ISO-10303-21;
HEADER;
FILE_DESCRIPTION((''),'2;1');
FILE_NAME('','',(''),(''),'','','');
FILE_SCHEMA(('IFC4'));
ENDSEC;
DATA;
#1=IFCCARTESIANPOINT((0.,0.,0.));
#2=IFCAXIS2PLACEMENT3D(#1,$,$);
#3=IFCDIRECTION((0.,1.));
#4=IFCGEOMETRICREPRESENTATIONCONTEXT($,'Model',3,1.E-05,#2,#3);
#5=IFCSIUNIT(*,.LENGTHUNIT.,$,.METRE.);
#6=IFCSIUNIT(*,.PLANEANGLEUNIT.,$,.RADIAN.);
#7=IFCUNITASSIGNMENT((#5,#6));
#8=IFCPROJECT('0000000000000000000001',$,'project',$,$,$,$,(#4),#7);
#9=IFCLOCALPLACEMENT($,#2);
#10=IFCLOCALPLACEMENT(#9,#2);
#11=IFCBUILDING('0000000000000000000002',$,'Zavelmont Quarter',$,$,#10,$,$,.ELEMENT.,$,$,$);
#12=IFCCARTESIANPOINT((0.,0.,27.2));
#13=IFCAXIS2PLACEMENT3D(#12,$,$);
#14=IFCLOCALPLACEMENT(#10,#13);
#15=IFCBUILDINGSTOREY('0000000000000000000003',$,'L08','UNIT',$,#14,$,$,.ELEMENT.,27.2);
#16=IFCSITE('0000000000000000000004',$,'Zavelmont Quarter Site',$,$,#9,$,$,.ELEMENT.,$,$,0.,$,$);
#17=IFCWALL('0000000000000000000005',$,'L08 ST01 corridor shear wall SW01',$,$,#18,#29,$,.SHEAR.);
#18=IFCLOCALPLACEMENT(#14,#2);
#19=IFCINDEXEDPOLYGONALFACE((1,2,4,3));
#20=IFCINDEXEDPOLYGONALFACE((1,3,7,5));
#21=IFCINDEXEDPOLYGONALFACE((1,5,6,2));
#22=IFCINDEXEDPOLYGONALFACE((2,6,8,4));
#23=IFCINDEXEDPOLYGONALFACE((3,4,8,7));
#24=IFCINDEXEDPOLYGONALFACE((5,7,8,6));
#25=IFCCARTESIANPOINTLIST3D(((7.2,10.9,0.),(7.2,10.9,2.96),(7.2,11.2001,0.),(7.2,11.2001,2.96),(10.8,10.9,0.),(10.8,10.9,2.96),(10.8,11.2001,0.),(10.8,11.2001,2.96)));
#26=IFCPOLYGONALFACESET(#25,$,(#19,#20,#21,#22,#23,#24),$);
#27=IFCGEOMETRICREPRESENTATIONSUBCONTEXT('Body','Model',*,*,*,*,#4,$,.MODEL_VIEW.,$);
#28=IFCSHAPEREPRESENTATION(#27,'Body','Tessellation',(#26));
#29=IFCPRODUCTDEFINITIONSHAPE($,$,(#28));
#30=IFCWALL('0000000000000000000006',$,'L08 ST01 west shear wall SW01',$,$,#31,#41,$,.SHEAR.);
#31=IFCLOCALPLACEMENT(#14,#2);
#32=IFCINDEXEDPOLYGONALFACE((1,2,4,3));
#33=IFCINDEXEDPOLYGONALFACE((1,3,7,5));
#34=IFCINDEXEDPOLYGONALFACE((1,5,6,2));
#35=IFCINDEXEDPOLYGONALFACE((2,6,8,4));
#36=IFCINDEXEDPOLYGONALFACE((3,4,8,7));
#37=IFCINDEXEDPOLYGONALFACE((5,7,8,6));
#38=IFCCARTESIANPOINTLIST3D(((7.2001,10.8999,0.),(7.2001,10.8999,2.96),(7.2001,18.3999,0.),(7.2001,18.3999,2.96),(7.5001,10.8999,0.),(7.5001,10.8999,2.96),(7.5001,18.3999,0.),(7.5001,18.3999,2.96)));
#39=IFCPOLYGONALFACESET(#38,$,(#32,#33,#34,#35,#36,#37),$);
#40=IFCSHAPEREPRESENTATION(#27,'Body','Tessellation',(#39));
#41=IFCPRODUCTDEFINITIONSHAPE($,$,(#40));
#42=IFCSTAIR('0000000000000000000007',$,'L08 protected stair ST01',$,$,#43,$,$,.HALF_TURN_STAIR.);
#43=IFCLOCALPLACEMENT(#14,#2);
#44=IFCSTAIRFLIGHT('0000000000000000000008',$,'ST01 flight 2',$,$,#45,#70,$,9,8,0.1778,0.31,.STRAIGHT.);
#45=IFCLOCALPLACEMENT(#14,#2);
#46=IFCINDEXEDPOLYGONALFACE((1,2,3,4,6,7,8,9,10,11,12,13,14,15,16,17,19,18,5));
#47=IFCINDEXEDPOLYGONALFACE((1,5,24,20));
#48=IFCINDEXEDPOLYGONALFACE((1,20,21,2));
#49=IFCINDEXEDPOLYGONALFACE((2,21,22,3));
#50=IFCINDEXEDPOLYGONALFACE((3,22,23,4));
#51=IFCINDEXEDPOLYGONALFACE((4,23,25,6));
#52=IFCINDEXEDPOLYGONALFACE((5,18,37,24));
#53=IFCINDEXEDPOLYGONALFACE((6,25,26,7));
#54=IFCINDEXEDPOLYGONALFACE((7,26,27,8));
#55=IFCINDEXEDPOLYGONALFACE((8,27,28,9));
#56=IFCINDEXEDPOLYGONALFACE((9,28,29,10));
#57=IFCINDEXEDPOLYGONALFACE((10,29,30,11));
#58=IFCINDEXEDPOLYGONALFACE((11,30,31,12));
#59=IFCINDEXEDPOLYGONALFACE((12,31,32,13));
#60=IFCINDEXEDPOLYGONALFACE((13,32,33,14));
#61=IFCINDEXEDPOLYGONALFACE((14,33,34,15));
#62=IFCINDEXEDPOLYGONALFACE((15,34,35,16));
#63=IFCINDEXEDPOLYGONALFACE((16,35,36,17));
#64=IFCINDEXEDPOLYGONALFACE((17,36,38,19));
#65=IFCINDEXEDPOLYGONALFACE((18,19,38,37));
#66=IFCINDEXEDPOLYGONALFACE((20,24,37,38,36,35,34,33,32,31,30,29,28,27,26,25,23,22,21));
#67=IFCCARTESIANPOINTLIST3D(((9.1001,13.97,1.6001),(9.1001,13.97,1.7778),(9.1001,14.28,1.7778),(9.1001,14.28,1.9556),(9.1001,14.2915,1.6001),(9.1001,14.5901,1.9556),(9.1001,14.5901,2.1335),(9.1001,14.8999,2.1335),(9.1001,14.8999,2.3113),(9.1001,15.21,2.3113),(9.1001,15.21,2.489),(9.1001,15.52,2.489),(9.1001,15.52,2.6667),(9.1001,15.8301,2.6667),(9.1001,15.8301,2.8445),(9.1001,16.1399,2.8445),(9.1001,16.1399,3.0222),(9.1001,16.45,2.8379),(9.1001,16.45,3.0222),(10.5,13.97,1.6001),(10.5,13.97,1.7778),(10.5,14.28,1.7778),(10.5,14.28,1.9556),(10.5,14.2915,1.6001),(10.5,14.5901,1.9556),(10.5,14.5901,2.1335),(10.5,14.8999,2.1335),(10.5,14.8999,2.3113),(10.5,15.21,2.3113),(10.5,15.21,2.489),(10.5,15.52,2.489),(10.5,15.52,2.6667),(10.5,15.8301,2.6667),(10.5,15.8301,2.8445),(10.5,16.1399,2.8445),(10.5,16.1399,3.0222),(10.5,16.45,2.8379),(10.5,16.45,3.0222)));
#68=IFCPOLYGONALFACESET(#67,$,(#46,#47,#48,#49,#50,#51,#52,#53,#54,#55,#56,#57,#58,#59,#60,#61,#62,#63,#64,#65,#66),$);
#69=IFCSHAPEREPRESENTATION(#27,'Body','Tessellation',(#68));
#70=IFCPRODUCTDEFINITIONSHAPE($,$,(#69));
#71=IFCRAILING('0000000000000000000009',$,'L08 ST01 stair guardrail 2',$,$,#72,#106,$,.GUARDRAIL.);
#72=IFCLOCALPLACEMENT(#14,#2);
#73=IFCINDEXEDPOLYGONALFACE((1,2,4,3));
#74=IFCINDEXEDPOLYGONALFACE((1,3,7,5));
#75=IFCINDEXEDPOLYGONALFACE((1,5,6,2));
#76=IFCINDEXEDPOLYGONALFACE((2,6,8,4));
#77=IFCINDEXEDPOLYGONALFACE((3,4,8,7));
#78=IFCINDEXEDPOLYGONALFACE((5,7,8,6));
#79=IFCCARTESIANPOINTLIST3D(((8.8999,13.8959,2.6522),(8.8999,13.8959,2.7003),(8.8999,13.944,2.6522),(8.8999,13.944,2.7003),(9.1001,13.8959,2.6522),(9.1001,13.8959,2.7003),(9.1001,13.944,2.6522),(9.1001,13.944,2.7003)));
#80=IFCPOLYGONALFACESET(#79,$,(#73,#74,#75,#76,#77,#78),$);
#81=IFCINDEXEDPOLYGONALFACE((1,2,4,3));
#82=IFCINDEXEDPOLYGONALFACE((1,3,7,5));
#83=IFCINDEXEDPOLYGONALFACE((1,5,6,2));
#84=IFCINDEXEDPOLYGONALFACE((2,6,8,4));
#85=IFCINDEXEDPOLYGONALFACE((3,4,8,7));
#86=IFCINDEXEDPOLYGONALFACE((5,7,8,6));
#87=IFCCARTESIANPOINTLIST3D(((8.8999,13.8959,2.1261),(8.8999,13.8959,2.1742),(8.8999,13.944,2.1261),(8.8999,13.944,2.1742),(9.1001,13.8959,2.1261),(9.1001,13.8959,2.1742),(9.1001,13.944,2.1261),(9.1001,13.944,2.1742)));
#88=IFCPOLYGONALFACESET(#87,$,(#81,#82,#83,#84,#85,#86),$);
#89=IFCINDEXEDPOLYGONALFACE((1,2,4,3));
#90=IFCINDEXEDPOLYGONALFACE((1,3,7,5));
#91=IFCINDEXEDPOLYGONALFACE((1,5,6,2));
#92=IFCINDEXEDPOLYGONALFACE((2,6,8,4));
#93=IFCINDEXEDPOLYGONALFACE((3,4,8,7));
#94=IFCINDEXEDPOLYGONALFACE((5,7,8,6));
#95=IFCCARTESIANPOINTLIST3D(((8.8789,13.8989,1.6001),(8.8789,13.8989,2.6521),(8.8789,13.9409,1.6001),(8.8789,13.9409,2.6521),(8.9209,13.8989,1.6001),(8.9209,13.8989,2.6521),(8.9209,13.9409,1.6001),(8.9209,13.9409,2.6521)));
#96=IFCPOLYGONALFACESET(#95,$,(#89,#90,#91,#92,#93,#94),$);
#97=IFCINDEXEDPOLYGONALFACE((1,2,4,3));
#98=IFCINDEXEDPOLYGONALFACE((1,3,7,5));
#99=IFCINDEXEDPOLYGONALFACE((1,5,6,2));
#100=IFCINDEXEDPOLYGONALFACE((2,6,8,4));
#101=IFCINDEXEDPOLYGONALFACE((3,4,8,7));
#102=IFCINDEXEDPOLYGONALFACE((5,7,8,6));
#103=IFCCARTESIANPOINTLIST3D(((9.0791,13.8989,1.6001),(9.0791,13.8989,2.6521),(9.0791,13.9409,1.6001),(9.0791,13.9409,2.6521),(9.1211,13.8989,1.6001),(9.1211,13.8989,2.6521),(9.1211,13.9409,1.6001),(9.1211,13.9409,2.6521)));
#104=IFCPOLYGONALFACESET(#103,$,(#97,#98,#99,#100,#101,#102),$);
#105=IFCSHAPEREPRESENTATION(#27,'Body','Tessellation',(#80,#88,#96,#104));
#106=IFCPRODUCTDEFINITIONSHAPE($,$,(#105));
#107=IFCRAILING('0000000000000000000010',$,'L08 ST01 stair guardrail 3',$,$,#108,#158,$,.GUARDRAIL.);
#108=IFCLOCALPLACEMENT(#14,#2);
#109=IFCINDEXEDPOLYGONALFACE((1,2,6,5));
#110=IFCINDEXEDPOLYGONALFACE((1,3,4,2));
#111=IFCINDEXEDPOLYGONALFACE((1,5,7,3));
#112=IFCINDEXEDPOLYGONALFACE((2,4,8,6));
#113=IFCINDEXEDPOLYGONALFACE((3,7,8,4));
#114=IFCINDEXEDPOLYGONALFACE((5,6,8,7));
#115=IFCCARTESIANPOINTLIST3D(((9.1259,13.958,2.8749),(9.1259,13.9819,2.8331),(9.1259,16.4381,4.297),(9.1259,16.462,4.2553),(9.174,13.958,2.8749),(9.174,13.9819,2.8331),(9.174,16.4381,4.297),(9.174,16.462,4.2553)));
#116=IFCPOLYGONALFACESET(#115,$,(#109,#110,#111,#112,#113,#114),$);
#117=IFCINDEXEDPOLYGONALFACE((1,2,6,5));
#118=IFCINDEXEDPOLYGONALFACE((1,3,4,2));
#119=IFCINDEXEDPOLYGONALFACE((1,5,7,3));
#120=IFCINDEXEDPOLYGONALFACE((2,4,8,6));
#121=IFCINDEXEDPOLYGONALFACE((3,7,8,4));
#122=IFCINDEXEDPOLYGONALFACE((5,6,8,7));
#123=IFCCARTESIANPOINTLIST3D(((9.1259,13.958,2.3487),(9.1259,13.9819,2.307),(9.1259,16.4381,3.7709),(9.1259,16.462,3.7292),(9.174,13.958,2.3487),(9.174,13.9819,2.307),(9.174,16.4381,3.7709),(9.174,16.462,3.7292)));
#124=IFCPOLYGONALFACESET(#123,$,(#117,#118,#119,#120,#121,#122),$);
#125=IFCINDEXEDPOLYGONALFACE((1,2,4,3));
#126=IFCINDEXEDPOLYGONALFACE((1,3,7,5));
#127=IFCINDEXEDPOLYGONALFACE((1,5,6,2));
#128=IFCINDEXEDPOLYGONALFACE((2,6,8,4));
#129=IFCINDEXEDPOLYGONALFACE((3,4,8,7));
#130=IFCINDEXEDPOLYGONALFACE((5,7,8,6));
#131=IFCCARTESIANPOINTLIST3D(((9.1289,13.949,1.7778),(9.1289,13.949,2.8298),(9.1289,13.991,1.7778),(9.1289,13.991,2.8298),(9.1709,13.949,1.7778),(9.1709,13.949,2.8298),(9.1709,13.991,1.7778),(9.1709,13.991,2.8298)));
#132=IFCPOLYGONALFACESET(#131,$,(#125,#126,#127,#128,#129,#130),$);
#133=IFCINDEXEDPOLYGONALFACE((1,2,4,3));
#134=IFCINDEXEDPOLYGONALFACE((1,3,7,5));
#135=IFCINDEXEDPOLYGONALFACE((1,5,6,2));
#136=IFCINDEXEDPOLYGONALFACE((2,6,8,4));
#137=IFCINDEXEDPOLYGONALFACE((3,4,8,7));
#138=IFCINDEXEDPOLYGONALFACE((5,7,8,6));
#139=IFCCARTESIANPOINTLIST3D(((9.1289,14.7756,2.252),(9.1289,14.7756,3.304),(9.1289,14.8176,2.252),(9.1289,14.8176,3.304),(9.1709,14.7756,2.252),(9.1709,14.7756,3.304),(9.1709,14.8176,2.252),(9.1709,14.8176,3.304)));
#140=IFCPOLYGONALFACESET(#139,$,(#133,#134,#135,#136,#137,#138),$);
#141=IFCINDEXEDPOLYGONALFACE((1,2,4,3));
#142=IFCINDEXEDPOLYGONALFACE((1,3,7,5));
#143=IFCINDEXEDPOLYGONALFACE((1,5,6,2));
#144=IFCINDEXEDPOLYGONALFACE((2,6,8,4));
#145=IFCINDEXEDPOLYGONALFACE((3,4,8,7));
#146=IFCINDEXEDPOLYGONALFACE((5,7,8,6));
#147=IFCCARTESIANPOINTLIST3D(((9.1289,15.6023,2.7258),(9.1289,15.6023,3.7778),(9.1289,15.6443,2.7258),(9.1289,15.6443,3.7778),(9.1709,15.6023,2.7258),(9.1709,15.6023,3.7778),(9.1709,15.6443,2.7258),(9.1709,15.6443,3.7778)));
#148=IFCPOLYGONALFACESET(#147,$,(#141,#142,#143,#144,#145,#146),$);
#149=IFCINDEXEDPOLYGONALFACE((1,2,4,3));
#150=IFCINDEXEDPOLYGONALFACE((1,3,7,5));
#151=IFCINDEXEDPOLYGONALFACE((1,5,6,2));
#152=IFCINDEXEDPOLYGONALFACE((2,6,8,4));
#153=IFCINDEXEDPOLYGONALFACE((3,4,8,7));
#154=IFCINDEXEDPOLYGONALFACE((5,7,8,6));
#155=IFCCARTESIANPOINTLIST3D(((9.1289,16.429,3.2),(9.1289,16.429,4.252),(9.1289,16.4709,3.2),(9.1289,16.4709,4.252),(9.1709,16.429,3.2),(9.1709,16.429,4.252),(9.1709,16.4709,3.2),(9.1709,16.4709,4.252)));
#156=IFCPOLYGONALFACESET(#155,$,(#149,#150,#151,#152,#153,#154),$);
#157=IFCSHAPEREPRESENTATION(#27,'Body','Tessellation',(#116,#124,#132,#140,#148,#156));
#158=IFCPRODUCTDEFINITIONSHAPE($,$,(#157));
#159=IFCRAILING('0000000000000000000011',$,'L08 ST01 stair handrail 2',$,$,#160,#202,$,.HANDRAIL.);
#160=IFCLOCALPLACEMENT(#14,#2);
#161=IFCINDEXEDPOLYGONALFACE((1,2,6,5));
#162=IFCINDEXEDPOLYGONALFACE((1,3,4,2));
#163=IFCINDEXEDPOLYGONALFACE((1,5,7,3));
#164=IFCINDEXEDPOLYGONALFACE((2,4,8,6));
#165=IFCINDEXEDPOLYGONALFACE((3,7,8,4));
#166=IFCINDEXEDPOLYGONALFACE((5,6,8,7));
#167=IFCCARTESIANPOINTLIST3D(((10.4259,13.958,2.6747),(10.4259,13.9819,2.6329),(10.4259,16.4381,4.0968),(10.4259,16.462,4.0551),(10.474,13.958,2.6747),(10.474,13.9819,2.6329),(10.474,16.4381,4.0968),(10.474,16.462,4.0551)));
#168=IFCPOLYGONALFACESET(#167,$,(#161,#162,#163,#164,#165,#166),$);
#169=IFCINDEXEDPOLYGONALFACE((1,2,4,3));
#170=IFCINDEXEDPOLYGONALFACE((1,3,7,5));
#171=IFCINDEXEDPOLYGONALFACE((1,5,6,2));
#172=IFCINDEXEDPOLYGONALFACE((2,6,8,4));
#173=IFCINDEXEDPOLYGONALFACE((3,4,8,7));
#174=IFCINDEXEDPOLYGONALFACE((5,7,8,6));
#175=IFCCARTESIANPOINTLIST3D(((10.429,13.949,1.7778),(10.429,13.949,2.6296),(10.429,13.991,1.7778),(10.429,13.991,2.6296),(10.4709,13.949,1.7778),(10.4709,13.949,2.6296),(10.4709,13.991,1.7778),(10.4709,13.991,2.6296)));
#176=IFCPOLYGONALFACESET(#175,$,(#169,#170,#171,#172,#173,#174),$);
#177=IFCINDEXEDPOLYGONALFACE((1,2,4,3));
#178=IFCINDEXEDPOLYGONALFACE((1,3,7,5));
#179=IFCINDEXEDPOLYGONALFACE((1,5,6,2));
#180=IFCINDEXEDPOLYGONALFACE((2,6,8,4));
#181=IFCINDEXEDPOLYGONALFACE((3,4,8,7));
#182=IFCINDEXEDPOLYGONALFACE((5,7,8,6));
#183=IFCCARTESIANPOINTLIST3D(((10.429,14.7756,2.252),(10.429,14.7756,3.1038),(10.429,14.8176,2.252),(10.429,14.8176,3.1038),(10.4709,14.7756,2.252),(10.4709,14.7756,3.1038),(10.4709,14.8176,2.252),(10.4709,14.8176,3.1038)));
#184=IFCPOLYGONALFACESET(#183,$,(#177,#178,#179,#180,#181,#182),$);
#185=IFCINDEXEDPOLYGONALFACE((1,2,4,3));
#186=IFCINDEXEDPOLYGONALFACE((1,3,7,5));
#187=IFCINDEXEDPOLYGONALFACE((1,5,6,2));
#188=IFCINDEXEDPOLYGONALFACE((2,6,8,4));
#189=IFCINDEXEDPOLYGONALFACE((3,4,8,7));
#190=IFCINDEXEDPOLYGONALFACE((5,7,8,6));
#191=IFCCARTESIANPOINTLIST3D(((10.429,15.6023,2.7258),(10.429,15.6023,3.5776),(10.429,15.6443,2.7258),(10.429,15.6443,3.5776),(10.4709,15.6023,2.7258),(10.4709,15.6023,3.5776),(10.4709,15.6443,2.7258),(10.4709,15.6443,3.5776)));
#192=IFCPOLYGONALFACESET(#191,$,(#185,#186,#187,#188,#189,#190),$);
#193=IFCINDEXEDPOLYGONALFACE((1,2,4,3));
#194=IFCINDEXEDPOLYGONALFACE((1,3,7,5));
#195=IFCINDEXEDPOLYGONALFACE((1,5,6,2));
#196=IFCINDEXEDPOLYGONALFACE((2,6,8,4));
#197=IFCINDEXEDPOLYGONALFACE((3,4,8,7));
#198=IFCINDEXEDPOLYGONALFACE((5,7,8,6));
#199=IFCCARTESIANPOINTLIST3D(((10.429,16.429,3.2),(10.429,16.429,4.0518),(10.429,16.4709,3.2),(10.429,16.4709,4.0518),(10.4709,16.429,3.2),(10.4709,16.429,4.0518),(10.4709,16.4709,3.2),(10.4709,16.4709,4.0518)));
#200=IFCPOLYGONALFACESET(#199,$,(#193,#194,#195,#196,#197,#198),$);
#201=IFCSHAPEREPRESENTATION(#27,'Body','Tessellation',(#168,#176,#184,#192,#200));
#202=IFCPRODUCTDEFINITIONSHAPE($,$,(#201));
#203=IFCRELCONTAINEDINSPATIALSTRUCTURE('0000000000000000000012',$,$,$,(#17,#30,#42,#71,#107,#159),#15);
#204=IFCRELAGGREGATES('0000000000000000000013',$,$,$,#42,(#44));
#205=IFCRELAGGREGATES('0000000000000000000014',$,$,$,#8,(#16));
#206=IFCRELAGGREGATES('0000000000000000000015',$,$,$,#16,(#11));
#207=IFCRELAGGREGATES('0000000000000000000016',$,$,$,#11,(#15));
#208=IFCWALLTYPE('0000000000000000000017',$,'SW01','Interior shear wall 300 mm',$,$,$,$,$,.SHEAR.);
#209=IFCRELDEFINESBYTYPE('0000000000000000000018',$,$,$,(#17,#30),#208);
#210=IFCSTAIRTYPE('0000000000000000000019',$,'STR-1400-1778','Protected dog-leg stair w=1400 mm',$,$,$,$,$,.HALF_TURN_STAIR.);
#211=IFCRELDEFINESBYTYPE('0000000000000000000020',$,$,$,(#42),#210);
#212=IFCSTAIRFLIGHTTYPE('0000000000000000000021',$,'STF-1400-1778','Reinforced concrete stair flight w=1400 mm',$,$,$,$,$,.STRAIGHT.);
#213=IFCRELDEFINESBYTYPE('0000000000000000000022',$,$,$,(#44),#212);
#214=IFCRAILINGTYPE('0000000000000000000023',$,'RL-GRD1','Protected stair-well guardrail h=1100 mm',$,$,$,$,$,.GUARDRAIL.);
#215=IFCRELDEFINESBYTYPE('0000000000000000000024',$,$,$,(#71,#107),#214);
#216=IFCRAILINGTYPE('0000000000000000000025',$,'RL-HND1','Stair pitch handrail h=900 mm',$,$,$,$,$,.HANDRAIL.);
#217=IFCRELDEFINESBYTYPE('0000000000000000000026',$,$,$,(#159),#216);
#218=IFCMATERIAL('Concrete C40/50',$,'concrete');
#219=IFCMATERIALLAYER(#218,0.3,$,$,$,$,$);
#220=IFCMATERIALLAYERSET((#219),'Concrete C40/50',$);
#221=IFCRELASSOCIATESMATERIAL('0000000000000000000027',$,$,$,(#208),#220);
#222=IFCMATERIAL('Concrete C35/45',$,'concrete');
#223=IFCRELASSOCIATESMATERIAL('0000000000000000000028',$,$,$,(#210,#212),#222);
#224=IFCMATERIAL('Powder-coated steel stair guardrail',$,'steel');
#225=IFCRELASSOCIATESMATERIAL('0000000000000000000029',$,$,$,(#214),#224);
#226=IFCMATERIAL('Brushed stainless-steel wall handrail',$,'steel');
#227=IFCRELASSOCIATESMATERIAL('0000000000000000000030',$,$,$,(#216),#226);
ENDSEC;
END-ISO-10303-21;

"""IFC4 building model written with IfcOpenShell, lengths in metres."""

from ifc_helpers import new_model, si_unit, direction, frame, frame_2d, origin, origin_2d, place, context, subcontext, project, spatial, polyline, rectangle, outline, extrude, material, layer, layer_set, type_object, element, aggregate, save


model = new_model("IFC4")

# Units and contexts
model_context = context("Model", 3, precision=1e-05, world=origin(), true_north=direction((0.0, 1.0)))
body_context = subcontext(model_context, "Body", "Model", "MODEL_VIEW")
ifc_project = project(units=[si_unit("LENGTHUNIT", "METRE"), si_unit("PLANEANGLEUNIT", "RADIAN")], contexts=[model_context])

# Site, building, storey
site_placement = place(None, origin())
site = spatial("IfcSite", under=ifc_project, at=site_placement, Name="Zavelmont Quarter Site", CompositionType="ELEMENT", RefElevation=0.0)
building_placement = place(site_placement, origin())
building = spatial("IfcBuilding", under=site, at=building_placement, Name="Zavelmont Quarter", CompositionType="ELEMENT")
storey_placement = place(building_placement, frame((0.0, 0.0, 27.2)))
storey = spatial("IfcBuildingStorey", under=building, at=storey_placement, Name="L08", Description="UNIT", CompositionType="ELEMENT", Elevation=27.2)

# Shared definitions
ifc_material_1 = material(Name="Concrete C35/45", Category="concrete")

# Walls
ifc_material_2 = material(Name="Concrete C40/50", Category="concrete")
ifc_layer_1 = layer(ifc_material_2, 0.3)
ifc_layer_set_1 = layer_set([ifc_layer_1], Name="Concrete C40/50")
wall_type_1 = type_object("IfcWallType", Name="SW01", Description="Interior shear wall 300 mm", PredefinedType="SHEAR", material=ifc_layer_set_1)
wall_1_placement = place(storey_placement, frame((7.2, 11.05, 0.0), z_axis=(0.0, 0.0, 1.0), x_axis=(1.0, 0.0, 0.0)))
element("IfcWall", 1, at=wall_1_placement, inside=storey, type_object=wall_type_1, Name="L08 ST01 corridor shear wall SW01", PredefinedType="SHEAR", context=body_context, shape_type="SweptSolid", body=[
    extrude(rectangle(XDim=3.6001, YDim=0.3, at=frame_2d((1.8, 0.0))), origin(), (0.0, 0.0, 1.0), 2.96),
])
wall_2_placement = place(storey_placement, frame((7.3501, 10.8999, 0.0), z_axis=(0.0, 0.0, 1.0), x_axis=(0.0, 1.0, 0.0)))
element("IfcWall", 2, at=wall_2_placement, inside=storey, type_object=wall_type_1, Name="L08 ST01 west shear wall SW01", PredefinedType="SHEAR", context=body_context, shape_type="SweptSolid", body=[
    extrude(rectangle(XDim=7.5, YDim=0.3, at=frame_2d((3.75, 0.0))), origin(), (0.0, 0.0, 1.0), 2.96),
])

# Stair, stair flight
stair_type = type_object("IfcStairType", Name="STR-1400-1778", Description="Protected dog-leg stair w=1400 mm", PredefinedType="HALF_TURN_STAIR", material=ifc_material_1)
stair_placement = place(storey_placement, origin())
stair = element("IfcStair", 3, at=stair_placement, inside=storey, type_object=stair_type, Name="L08 protected stair ST01", PredefinedType="HALF_TURN_STAIR")
stair_flight_type = type_object("IfcStairFlightType", Name="STF-1400-1778", Description="Reinforced concrete stair flight w=1400 mm", PredefinedType="STRAIGHT", material=ifc_material_1)
stair_flight_placement = place(storey_placement, frame((9.8, 13.97, 1.6001), z_axis=(0.0, 0.0, 1.0), x_axis=(0.0, 1.0, 0.0)))
stair_flight = element("IfcStairFlight", 4, at=stair_flight_placement, type_object=stair_flight_type, Name="ST01 flight 2", NumberOfRisers=9, NumberOfTreads=8, PredefinedType="STRAIGHT", RiserHeight=0.1778, TreadLength=0.31, context=body_context, shape_type="SweptSolid", body=[
    extrude(outline(polyline([(0.0, 0.0), (0.0, 0.1777), (0.3101, 0.1777), (0.3101, 0.3555), (0.6201, 0.3555), (0.6201, 0.5334), (0.9299, 0.5334), (0.9299, 0.7112), (1.24, 0.7112), (1.24, 0.8889), (1.55, 0.8889), (1.55, 1.0667), (1.8601, 1.0667), (1.8601, 1.2444), (2.1699, 1.2444), (2.1699, 1.4221), (2.48, 1.4221), (2.48, 1.6001), (2.48, 1.2378), (0.3215, 0.0), (0.0, 0.0)])), frame((0.0, 0.7, 0.0), z_axis=(0.0, -1.0, 0.0), x_axis=(1.0, 0.0, 0.0)), (0.0, 0.0, 1.0), 1.3999),
])
aggregate(stair, [stair_flight])

# Railings
ifc_material_3 = material(Name="Powder-coated steel stair guardrail", Category="steel")
railing_type_1 = type_object("IfcRailingType", Name="RL-GRD1", Description="Protected stair-well guardrail h=1100 mm", PredefinedType="GUARDRAIL", material=ifc_material_3)
railing_1_placement = place(storey_placement, frame((8.8999, 13.9199, 1.6001)))
element("IfcRailing", 5, at=railing_1_placement, inside=storey, type_object=railing_type_1, Name="L08 ST01 stair guardrail 2", PredefinedType="GUARDRAIL", context=body_context, shape_type="SweptSolid", body=[
    extrude(rectangle(XDim=0.0481, YDim=0.0481, at=origin_2d()), frame((0.0, 0.0, 1.0762), z_axis=(1.0, 0.0, 0.0), x_axis=(0.0, 1.0, 0.0)), (0.0, 0.0, 1.0), 0.2002),
    extrude(rectangle(XDim=0.0481, YDim=0.0481, at=origin_2d()), frame((0.0, 0.0, 0.55), z_axis=(1.0, 0.0, 0.0), x_axis=(0.0, 1.0, 0.0)), (0.0, 0.0, 1.0), 0.2002),
    extrude(rectangle(XDim=0.042, YDim=0.042, at=origin_2d()), origin(), (0.0, 0.0, 1.0), 1.052),
    extrude(rectangle(XDim=0.042, YDim=0.042, at=origin_2d()), frame((0.2002, 0.0, 0.0)), (0.0, 0.0, 1.0), 1.052),
])
railing_2_placement = place(storey_placement, frame((9.1499, 13.97, 1.7778)))
element("IfcRailing", 6, at=railing_2_placement, inside=storey, type_object=railing_type_1, Name="L08 ST01 stair guardrail 3", PredefinedType="GUARDRAIL", context=body_context, shape_type="SweptSolid", body=[
    extrude(rectangle(XDim=0.0481, YDim=0.0481, at=origin_2d()), frame((0.0, 0.0, 1.0762), z_axis=(0.0, 0.867491, 0.497454), x_axis=(-1.0, 0.0, 0.0)), (0.0, 0.0, 1.0), 2.8589),
    extrude(rectangle(XDim=0.0481, YDim=0.0481, at=origin_2d()), frame((0.0, 0.0, 0.55), z_axis=(0.0, 0.867491, 0.497454), x_axis=(-1.0, 0.0, 0.0)), (0.0, 0.0, 1.0), 2.8589),
    extrude(rectangle(XDim=0.042, YDim=0.042, at=origin_2d()), origin(), (0.0, 0.0, 1.0), 1.052),
    extrude(rectangle(XDim=0.042, YDim=0.042, at=origin_2d()), frame((0.0, 0.8267, 0.4741)), (0.0, 0.0, 1.0), 1.052),
    extrude(rectangle(XDim=0.042, YDim=0.042, at=origin_2d()), frame((0.0, 1.6533, 0.948)), (0.0, 0.0, 1.0), 1.052),
    extrude(rectangle(XDim=0.042, YDim=0.042, at=origin_2d()), frame((0.0, 2.48, 1.4221)), (0.0, 0.0, 1.0), 1.052),
])
ifc_material_4 = material(Name="Brushed stainless-steel wall handrail", Category="steel")
railing_type_2 = type_object("IfcRailingType", Name="RL-HND1", Description="Stair pitch handrail h=900 mm", PredefinedType="HANDRAIL", material=ifc_material_4)
railing_3_placement = place(storey_placement, frame((10.45, 13.97, 1.7778)))
element("IfcRailing", 7, at=railing_3_placement, inside=storey, type_object=railing_type_2, Name="L08 ST01 stair handrail 2", PredefinedType="HANDRAIL", context=body_context, shape_type="SweptSolid", body=[
    extrude(rectangle(XDim=0.0481, YDim=0.0481, at=origin_2d()), frame((0.0, 0.0, 0.876), z_axis=(0.0, 0.867491, 0.497454), x_axis=(-1.0, 0.0, 0.0)), (0.0, 0.0, 1.0), 2.8589),
    extrude(rectangle(XDim=0.042, YDim=0.042, at=origin_2d()), origin(), (0.0, 0.0, 1.0), 0.8518),
    extrude(rectangle(XDim=0.042, YDim=0.042, at=origin_2d()), frame((0.0, 0.8267, 0.4741)), (0.0, 0.0, 1.0), 0.8518),
    extrude(rectangle(XDim=0.042, YDim=0.042, at=origin_2d()), frame((0.0, 1.6533, 0.948)), (0.0, 0.0, 1.0), 0.8518),
    extrude(rectangle(XDim=0.042, YDim=0.042, at=origin_2d()), frame((0.0, 2.48, 1.4221)), (0.0, 0.0, 1.0), 0.8518),
])

save(model, "model.ifc")
